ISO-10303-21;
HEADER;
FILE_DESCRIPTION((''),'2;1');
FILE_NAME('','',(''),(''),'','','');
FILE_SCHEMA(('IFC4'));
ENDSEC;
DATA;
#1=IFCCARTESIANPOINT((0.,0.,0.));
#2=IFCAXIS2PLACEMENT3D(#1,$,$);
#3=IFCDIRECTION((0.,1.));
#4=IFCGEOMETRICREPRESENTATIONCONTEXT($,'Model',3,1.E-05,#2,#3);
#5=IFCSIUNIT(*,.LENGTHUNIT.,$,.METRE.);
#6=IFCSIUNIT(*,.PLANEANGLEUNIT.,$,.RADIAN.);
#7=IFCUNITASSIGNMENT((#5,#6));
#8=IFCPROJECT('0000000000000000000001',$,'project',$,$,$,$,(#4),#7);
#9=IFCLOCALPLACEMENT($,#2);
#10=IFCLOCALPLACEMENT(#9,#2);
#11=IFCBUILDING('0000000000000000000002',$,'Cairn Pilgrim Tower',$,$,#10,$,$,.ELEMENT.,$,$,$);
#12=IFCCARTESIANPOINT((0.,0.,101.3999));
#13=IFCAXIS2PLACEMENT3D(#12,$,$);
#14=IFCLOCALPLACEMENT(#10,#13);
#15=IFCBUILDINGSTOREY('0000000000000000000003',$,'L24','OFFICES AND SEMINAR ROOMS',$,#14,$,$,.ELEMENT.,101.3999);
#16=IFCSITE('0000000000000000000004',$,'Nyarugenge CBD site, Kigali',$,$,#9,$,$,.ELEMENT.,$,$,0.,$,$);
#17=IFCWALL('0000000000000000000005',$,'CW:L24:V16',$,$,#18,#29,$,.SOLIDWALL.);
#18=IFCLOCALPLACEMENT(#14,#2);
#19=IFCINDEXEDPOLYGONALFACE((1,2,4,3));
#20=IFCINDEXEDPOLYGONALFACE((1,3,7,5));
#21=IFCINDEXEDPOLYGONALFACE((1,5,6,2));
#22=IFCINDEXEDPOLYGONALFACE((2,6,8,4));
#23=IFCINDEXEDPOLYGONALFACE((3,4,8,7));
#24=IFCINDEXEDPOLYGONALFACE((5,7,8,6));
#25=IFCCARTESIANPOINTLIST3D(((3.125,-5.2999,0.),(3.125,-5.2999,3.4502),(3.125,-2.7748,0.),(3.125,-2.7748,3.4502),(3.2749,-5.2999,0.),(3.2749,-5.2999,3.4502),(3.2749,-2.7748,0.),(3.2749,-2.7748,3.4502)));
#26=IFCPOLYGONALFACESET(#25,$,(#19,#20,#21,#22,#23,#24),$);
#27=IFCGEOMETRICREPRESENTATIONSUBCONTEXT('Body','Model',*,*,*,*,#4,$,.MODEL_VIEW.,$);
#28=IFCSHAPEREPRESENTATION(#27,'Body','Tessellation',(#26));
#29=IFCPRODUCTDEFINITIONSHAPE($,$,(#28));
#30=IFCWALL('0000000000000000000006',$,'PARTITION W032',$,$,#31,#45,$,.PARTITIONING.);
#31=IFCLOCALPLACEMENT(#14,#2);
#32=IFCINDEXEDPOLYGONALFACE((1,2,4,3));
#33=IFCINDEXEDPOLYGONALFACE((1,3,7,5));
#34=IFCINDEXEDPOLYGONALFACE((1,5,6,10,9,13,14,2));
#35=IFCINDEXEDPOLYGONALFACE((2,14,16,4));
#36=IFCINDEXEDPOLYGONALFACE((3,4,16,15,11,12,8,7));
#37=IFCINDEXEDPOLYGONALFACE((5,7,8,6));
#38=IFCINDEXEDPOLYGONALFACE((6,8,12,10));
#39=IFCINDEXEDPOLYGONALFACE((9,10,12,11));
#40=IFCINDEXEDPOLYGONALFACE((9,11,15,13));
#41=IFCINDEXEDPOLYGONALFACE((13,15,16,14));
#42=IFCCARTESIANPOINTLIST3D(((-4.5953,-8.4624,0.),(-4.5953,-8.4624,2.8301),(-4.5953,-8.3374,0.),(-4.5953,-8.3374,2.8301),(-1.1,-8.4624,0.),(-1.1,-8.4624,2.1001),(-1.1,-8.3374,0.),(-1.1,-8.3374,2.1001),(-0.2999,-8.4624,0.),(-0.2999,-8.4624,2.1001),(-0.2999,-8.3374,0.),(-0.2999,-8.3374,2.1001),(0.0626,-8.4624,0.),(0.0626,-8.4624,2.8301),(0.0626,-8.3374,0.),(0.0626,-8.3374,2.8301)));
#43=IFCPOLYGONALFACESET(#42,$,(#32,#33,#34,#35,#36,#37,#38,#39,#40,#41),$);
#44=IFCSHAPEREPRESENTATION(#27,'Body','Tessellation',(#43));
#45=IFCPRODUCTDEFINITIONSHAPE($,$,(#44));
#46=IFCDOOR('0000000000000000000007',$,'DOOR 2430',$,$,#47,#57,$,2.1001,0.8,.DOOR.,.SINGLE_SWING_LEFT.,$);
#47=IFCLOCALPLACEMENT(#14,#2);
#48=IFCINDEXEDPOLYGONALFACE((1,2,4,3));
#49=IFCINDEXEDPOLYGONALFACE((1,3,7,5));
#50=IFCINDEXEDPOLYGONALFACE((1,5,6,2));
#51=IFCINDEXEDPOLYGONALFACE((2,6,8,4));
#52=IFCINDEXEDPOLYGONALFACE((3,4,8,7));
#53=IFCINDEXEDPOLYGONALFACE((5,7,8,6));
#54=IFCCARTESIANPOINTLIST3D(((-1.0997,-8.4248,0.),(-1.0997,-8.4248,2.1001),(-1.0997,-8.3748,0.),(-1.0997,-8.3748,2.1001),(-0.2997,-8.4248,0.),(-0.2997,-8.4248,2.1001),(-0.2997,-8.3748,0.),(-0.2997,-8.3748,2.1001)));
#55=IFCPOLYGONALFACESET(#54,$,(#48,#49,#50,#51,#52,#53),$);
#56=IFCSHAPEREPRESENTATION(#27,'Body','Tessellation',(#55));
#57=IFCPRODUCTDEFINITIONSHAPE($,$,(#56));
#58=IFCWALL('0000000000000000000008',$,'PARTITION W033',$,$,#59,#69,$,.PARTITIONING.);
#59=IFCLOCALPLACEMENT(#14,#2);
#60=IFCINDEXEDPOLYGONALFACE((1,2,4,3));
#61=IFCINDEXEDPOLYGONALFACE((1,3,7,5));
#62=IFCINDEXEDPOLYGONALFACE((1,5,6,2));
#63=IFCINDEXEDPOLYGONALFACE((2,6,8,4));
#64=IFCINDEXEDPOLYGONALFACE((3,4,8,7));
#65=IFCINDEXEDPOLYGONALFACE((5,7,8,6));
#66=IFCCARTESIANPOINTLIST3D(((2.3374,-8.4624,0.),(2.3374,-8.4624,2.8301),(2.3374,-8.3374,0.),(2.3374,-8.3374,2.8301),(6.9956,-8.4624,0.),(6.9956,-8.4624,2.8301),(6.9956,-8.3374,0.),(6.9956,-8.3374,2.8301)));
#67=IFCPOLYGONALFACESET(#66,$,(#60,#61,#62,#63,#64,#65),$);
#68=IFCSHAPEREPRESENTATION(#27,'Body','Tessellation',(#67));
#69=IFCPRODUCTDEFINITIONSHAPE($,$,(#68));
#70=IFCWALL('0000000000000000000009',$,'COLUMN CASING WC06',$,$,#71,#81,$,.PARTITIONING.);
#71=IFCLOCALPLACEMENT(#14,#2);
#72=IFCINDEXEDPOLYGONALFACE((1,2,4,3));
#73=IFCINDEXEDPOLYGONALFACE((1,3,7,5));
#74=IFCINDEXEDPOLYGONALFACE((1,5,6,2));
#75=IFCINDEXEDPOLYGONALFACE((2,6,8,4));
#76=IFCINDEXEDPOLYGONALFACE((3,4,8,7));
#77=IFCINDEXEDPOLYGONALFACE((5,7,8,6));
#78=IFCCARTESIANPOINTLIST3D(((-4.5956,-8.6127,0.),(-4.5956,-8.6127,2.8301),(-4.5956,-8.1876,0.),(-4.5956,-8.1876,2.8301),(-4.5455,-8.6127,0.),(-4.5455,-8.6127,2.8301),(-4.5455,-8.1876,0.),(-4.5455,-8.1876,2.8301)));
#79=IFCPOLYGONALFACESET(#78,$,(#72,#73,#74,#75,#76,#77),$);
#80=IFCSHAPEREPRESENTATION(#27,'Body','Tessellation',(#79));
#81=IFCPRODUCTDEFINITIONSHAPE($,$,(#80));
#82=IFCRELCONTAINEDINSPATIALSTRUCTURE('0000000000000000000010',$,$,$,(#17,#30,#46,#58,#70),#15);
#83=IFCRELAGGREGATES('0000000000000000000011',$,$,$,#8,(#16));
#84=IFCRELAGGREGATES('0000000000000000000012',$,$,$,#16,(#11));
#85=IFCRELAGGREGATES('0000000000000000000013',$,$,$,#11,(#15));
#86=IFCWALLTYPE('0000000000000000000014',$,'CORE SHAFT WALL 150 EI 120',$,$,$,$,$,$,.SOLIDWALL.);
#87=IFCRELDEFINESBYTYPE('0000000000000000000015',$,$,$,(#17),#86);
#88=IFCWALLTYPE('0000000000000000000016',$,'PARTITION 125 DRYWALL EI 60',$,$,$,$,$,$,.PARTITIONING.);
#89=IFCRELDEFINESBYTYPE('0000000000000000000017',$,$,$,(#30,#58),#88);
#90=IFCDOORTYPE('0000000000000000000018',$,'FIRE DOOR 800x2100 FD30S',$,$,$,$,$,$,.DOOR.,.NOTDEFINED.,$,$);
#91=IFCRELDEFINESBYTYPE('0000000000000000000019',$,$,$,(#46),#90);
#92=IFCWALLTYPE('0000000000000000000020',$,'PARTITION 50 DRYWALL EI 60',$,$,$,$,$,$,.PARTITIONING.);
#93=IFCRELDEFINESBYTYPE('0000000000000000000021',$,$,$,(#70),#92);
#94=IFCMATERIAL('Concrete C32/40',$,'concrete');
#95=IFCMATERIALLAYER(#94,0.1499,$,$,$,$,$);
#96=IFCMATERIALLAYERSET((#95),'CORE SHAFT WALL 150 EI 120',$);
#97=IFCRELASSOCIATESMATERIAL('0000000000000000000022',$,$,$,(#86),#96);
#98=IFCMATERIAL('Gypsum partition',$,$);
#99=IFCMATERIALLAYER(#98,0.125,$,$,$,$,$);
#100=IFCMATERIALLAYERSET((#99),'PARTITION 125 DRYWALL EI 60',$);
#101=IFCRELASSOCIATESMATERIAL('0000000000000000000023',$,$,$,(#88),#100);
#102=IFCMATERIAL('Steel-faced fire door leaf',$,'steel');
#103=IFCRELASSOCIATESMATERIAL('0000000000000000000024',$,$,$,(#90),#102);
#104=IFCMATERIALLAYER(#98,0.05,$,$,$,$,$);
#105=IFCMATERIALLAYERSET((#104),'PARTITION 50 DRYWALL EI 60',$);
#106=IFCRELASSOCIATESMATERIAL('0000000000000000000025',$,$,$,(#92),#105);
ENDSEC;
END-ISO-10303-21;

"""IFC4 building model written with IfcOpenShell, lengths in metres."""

from ifc_helpers import new_model, si_unit, direction, frame, frame_2d, origin, place, context, subcontext, project, spatial, rectangle, extrude, material, layer, layer_set, type_object, element, fill, save


model = new_model("IFC4")

# Units and contexts
model_context = context("Model", 3, precision=1e-05, world=origin(), true_north=direction((0.0, 1.0)))
body_context = subcontext(model_context, "Body", "Model", "MODEL_VIEW")
ifc_project = project(units=[si_unit("LENGTHUNIT", "METRE"), si_unit("PLANEANGLEUNIT", "RADIAN")], contexts=[model_context])

# Site, building, storey
site_placement = place(None, origin())
site = spatial("IfcSite", under=ifc_project, at=site_placement, Name="Nyarugenge CBD site, Kigali", CompositionType="ELEMENT", RefElevation=0.0)
building_placement = place(site_placement, origin())
building = spatial("IfcBuilding", under=site, at=building_placement, Name="Cairn Pilgrim Tower", CompositionType="ELEMENT")
storey_placement = place(building_placement, frame((0.0, 0.0, 101.3999)))
storey = spatial("IfcBuildingStorey", under=building, at=storey_placement, Name="L24", Description="OFFICES AND SEMINAR ROOMS", CompositionType="ELEMENT", Elevation=101.3999)

# Shared definitions
ifc_material_1 = material(Name="Concrete C32/40", Category="concrete")

# Shared definitions
ifc_layer_1 = layer(ifc_material_1, 0.1499)
ifc_layer_set_1 = layer_set([ifc_layer_1], Name="CORE SHAFT WALL 150 EI 120")
wall_type_1 = type_object("IfcWallType", Name="CORE SHAFT WALL 150 EI 120", PredefinedType="SOLIDWALL", material=ifc_layer_set_1)

# Wall
wall_1_placement = place(storey_placement, frame((3.2, -5.3, 0.0), z_axis=(0.0, 0.0, 1.0), x_axis=(0.0, 1.0, 0.0)))
element("IfcWall", 1, at=wall_1_placement, inside=storey, type_object=wall_type_1, Name="CW:L24:V16", PredefinedType="SOLIDWALL", context=body_context, shape_type="SweptSolid", body=[
    extrude(rectangle(XDim=2.5251, YDim=0.1499, at=frame_2d((1.2627, 0.0))), origin(), (0.0, 0.0, 1.0), 3.4502),
])

# Wall, opening, door
ifc_material_2 = material(Name="Gypsum partition")
ifc_layer_2 = layer(ifc_material_2, 0.125)
ifc_layer_set_2 = layer_set([ifc_layer_2], Name="PARTITION 125 DRYWALL EI 60")
wall_type_2 = type_object("IfcWallType", Name="PARTITION 125 DRYWALL EI 60", PredefinedType="PARTITIONING", material=ifc_layer_set_2)
wall_2_placement = place(storey_placement, frame((-4.5955, -8.3999, 0.0), z_axis=(0.0, 0.0, 1.0), x_axis=(1.0, 0.0, 0.0)))
wall_2 = element("IfcWall", 2, at=wall_2_placement, inside=storey, type_object=wall_type_2, Name="PARTITION W032", PredefinedType="PARTITIONING", context=body_context, shape_type="SweptSolid", body=[
    extrude(rectangle(XDim=4.658, YDim=0.125, at=frame_2d((2.3291, 0.0))), origin(), (0.0, 0.0, 1.0), 2.8301),
])
opening_1_placement = place(wall_2_placement, frame((3.4956, 0.0, 0.0)))
opening_1 = element("IfcOpeningElement", 3, at=opening_1_placement, cuts=wall_2, PredefinedType="OPENING", context=body_context, shape_type="SweptSolid", body=[
    extrude(rectangle(XDim=0.8, YDim=2.1001, at=frame_2d((0.3999, 1.05))), frame((0.0, 0.0725, 0.0), z_axis=(0.0, -1.0, 0.0), x_axis=(1.0, 0.0, 0.0)), (0.0, 0.0, 1.0), 0.145),
])
ifc_material_3 = material(Name="Steel-faced fire door leaf", Category="steel")
door_type_1 = type_object("IfcDoorType", Name="FIRE DOOR 800x2100 FD30S", OperationType="NOTDEFINED", PredefinedType="DOOR", material=ifc_material_3)
door_1_placement = place(opening_1_placement, frame((0.8, 0.0, 0.0), z_axis=(0.0, 0.0, 1.0), x_axis=(-1.0, 0.0, 0.0)))
door_1 = element("IfcDoor", 4, at=door_1_placement, inside=storey, type_object=door_type_1, Name="DOOR 2430", OperationType="SINGLE_SWING_LEFT", OverallHeight=2.1001, OverallWidth=0.8, PredefinedType="DOOR", context=body_context, shape_type="SweptSolid", body=[
    extrude(rectangle(XDim=0.8, YDim=2.1001, at=frame_2d((0.3999, 1.05))), frame((0.0, 0.0249, 0.0), z_axis=(0.0, -1.0, 0.0), x_axis=(1.0, 0.0, 0.0)), (0.0, 0.0, 1.0), 0.05),
])
fill(opening_1, door_1)

# Walls
wall_3_placement = place(storey_placement, frame((2.3374, -8.3999, 0.0), z_axis=(0.0, 0.0, 1.0), x_axis=(1.0, 0.0, 0.0)))
element("IfcWall", 5, at=wall_3_placement, inside=storey, type_object=wall_type_2, Name="PARTITION W033", PredefinedType="PARTITIONING", context=body_context, shape_type="SweptSolid", body=[
    extrude(rectangle(XDim=4.6582, YDim=0.125, at=frame_2d((2.3291, 0.0))), origin(), (0.0, 0.0, 1.0), 2.8301),
])
ifc_layer_3 = layer(ifc_material_2, 0.05)
ifc_layer_set_3 = layer_set([ifc_layer_3], Name="PARTITION 50 DRYWALL EI 60")
wall_type_3 = type_object("IfcWallType", Name="PARTITION 50 DRYWALL EI 60", PredefinedType="PARTITIONING", material=ifc_layer_set_3)
wall_4_placement = place(storey_placement, frame((-4.5706, -8.6125, 0.0), z_axis=(0.0, 0.0, 1.0), x_axis=(0.0, 1.0, 0.0)))
element("IfcWall", 6, at=wall_4_placement, inside=storey, type_object=wall_type_3, Name="COLUMN CASING WC06", PredefinedType="PARTITIONING", context=body_context, shape_type="SweptSolid", body=[
    extrude(rectangle(XDim=0.425, YDim=0.05, at=frame_2d((0.2124, 0.0))), origin(), (0.0, 0.0, 1.0), 2.8301),
])

save(model, "model.ifc")
